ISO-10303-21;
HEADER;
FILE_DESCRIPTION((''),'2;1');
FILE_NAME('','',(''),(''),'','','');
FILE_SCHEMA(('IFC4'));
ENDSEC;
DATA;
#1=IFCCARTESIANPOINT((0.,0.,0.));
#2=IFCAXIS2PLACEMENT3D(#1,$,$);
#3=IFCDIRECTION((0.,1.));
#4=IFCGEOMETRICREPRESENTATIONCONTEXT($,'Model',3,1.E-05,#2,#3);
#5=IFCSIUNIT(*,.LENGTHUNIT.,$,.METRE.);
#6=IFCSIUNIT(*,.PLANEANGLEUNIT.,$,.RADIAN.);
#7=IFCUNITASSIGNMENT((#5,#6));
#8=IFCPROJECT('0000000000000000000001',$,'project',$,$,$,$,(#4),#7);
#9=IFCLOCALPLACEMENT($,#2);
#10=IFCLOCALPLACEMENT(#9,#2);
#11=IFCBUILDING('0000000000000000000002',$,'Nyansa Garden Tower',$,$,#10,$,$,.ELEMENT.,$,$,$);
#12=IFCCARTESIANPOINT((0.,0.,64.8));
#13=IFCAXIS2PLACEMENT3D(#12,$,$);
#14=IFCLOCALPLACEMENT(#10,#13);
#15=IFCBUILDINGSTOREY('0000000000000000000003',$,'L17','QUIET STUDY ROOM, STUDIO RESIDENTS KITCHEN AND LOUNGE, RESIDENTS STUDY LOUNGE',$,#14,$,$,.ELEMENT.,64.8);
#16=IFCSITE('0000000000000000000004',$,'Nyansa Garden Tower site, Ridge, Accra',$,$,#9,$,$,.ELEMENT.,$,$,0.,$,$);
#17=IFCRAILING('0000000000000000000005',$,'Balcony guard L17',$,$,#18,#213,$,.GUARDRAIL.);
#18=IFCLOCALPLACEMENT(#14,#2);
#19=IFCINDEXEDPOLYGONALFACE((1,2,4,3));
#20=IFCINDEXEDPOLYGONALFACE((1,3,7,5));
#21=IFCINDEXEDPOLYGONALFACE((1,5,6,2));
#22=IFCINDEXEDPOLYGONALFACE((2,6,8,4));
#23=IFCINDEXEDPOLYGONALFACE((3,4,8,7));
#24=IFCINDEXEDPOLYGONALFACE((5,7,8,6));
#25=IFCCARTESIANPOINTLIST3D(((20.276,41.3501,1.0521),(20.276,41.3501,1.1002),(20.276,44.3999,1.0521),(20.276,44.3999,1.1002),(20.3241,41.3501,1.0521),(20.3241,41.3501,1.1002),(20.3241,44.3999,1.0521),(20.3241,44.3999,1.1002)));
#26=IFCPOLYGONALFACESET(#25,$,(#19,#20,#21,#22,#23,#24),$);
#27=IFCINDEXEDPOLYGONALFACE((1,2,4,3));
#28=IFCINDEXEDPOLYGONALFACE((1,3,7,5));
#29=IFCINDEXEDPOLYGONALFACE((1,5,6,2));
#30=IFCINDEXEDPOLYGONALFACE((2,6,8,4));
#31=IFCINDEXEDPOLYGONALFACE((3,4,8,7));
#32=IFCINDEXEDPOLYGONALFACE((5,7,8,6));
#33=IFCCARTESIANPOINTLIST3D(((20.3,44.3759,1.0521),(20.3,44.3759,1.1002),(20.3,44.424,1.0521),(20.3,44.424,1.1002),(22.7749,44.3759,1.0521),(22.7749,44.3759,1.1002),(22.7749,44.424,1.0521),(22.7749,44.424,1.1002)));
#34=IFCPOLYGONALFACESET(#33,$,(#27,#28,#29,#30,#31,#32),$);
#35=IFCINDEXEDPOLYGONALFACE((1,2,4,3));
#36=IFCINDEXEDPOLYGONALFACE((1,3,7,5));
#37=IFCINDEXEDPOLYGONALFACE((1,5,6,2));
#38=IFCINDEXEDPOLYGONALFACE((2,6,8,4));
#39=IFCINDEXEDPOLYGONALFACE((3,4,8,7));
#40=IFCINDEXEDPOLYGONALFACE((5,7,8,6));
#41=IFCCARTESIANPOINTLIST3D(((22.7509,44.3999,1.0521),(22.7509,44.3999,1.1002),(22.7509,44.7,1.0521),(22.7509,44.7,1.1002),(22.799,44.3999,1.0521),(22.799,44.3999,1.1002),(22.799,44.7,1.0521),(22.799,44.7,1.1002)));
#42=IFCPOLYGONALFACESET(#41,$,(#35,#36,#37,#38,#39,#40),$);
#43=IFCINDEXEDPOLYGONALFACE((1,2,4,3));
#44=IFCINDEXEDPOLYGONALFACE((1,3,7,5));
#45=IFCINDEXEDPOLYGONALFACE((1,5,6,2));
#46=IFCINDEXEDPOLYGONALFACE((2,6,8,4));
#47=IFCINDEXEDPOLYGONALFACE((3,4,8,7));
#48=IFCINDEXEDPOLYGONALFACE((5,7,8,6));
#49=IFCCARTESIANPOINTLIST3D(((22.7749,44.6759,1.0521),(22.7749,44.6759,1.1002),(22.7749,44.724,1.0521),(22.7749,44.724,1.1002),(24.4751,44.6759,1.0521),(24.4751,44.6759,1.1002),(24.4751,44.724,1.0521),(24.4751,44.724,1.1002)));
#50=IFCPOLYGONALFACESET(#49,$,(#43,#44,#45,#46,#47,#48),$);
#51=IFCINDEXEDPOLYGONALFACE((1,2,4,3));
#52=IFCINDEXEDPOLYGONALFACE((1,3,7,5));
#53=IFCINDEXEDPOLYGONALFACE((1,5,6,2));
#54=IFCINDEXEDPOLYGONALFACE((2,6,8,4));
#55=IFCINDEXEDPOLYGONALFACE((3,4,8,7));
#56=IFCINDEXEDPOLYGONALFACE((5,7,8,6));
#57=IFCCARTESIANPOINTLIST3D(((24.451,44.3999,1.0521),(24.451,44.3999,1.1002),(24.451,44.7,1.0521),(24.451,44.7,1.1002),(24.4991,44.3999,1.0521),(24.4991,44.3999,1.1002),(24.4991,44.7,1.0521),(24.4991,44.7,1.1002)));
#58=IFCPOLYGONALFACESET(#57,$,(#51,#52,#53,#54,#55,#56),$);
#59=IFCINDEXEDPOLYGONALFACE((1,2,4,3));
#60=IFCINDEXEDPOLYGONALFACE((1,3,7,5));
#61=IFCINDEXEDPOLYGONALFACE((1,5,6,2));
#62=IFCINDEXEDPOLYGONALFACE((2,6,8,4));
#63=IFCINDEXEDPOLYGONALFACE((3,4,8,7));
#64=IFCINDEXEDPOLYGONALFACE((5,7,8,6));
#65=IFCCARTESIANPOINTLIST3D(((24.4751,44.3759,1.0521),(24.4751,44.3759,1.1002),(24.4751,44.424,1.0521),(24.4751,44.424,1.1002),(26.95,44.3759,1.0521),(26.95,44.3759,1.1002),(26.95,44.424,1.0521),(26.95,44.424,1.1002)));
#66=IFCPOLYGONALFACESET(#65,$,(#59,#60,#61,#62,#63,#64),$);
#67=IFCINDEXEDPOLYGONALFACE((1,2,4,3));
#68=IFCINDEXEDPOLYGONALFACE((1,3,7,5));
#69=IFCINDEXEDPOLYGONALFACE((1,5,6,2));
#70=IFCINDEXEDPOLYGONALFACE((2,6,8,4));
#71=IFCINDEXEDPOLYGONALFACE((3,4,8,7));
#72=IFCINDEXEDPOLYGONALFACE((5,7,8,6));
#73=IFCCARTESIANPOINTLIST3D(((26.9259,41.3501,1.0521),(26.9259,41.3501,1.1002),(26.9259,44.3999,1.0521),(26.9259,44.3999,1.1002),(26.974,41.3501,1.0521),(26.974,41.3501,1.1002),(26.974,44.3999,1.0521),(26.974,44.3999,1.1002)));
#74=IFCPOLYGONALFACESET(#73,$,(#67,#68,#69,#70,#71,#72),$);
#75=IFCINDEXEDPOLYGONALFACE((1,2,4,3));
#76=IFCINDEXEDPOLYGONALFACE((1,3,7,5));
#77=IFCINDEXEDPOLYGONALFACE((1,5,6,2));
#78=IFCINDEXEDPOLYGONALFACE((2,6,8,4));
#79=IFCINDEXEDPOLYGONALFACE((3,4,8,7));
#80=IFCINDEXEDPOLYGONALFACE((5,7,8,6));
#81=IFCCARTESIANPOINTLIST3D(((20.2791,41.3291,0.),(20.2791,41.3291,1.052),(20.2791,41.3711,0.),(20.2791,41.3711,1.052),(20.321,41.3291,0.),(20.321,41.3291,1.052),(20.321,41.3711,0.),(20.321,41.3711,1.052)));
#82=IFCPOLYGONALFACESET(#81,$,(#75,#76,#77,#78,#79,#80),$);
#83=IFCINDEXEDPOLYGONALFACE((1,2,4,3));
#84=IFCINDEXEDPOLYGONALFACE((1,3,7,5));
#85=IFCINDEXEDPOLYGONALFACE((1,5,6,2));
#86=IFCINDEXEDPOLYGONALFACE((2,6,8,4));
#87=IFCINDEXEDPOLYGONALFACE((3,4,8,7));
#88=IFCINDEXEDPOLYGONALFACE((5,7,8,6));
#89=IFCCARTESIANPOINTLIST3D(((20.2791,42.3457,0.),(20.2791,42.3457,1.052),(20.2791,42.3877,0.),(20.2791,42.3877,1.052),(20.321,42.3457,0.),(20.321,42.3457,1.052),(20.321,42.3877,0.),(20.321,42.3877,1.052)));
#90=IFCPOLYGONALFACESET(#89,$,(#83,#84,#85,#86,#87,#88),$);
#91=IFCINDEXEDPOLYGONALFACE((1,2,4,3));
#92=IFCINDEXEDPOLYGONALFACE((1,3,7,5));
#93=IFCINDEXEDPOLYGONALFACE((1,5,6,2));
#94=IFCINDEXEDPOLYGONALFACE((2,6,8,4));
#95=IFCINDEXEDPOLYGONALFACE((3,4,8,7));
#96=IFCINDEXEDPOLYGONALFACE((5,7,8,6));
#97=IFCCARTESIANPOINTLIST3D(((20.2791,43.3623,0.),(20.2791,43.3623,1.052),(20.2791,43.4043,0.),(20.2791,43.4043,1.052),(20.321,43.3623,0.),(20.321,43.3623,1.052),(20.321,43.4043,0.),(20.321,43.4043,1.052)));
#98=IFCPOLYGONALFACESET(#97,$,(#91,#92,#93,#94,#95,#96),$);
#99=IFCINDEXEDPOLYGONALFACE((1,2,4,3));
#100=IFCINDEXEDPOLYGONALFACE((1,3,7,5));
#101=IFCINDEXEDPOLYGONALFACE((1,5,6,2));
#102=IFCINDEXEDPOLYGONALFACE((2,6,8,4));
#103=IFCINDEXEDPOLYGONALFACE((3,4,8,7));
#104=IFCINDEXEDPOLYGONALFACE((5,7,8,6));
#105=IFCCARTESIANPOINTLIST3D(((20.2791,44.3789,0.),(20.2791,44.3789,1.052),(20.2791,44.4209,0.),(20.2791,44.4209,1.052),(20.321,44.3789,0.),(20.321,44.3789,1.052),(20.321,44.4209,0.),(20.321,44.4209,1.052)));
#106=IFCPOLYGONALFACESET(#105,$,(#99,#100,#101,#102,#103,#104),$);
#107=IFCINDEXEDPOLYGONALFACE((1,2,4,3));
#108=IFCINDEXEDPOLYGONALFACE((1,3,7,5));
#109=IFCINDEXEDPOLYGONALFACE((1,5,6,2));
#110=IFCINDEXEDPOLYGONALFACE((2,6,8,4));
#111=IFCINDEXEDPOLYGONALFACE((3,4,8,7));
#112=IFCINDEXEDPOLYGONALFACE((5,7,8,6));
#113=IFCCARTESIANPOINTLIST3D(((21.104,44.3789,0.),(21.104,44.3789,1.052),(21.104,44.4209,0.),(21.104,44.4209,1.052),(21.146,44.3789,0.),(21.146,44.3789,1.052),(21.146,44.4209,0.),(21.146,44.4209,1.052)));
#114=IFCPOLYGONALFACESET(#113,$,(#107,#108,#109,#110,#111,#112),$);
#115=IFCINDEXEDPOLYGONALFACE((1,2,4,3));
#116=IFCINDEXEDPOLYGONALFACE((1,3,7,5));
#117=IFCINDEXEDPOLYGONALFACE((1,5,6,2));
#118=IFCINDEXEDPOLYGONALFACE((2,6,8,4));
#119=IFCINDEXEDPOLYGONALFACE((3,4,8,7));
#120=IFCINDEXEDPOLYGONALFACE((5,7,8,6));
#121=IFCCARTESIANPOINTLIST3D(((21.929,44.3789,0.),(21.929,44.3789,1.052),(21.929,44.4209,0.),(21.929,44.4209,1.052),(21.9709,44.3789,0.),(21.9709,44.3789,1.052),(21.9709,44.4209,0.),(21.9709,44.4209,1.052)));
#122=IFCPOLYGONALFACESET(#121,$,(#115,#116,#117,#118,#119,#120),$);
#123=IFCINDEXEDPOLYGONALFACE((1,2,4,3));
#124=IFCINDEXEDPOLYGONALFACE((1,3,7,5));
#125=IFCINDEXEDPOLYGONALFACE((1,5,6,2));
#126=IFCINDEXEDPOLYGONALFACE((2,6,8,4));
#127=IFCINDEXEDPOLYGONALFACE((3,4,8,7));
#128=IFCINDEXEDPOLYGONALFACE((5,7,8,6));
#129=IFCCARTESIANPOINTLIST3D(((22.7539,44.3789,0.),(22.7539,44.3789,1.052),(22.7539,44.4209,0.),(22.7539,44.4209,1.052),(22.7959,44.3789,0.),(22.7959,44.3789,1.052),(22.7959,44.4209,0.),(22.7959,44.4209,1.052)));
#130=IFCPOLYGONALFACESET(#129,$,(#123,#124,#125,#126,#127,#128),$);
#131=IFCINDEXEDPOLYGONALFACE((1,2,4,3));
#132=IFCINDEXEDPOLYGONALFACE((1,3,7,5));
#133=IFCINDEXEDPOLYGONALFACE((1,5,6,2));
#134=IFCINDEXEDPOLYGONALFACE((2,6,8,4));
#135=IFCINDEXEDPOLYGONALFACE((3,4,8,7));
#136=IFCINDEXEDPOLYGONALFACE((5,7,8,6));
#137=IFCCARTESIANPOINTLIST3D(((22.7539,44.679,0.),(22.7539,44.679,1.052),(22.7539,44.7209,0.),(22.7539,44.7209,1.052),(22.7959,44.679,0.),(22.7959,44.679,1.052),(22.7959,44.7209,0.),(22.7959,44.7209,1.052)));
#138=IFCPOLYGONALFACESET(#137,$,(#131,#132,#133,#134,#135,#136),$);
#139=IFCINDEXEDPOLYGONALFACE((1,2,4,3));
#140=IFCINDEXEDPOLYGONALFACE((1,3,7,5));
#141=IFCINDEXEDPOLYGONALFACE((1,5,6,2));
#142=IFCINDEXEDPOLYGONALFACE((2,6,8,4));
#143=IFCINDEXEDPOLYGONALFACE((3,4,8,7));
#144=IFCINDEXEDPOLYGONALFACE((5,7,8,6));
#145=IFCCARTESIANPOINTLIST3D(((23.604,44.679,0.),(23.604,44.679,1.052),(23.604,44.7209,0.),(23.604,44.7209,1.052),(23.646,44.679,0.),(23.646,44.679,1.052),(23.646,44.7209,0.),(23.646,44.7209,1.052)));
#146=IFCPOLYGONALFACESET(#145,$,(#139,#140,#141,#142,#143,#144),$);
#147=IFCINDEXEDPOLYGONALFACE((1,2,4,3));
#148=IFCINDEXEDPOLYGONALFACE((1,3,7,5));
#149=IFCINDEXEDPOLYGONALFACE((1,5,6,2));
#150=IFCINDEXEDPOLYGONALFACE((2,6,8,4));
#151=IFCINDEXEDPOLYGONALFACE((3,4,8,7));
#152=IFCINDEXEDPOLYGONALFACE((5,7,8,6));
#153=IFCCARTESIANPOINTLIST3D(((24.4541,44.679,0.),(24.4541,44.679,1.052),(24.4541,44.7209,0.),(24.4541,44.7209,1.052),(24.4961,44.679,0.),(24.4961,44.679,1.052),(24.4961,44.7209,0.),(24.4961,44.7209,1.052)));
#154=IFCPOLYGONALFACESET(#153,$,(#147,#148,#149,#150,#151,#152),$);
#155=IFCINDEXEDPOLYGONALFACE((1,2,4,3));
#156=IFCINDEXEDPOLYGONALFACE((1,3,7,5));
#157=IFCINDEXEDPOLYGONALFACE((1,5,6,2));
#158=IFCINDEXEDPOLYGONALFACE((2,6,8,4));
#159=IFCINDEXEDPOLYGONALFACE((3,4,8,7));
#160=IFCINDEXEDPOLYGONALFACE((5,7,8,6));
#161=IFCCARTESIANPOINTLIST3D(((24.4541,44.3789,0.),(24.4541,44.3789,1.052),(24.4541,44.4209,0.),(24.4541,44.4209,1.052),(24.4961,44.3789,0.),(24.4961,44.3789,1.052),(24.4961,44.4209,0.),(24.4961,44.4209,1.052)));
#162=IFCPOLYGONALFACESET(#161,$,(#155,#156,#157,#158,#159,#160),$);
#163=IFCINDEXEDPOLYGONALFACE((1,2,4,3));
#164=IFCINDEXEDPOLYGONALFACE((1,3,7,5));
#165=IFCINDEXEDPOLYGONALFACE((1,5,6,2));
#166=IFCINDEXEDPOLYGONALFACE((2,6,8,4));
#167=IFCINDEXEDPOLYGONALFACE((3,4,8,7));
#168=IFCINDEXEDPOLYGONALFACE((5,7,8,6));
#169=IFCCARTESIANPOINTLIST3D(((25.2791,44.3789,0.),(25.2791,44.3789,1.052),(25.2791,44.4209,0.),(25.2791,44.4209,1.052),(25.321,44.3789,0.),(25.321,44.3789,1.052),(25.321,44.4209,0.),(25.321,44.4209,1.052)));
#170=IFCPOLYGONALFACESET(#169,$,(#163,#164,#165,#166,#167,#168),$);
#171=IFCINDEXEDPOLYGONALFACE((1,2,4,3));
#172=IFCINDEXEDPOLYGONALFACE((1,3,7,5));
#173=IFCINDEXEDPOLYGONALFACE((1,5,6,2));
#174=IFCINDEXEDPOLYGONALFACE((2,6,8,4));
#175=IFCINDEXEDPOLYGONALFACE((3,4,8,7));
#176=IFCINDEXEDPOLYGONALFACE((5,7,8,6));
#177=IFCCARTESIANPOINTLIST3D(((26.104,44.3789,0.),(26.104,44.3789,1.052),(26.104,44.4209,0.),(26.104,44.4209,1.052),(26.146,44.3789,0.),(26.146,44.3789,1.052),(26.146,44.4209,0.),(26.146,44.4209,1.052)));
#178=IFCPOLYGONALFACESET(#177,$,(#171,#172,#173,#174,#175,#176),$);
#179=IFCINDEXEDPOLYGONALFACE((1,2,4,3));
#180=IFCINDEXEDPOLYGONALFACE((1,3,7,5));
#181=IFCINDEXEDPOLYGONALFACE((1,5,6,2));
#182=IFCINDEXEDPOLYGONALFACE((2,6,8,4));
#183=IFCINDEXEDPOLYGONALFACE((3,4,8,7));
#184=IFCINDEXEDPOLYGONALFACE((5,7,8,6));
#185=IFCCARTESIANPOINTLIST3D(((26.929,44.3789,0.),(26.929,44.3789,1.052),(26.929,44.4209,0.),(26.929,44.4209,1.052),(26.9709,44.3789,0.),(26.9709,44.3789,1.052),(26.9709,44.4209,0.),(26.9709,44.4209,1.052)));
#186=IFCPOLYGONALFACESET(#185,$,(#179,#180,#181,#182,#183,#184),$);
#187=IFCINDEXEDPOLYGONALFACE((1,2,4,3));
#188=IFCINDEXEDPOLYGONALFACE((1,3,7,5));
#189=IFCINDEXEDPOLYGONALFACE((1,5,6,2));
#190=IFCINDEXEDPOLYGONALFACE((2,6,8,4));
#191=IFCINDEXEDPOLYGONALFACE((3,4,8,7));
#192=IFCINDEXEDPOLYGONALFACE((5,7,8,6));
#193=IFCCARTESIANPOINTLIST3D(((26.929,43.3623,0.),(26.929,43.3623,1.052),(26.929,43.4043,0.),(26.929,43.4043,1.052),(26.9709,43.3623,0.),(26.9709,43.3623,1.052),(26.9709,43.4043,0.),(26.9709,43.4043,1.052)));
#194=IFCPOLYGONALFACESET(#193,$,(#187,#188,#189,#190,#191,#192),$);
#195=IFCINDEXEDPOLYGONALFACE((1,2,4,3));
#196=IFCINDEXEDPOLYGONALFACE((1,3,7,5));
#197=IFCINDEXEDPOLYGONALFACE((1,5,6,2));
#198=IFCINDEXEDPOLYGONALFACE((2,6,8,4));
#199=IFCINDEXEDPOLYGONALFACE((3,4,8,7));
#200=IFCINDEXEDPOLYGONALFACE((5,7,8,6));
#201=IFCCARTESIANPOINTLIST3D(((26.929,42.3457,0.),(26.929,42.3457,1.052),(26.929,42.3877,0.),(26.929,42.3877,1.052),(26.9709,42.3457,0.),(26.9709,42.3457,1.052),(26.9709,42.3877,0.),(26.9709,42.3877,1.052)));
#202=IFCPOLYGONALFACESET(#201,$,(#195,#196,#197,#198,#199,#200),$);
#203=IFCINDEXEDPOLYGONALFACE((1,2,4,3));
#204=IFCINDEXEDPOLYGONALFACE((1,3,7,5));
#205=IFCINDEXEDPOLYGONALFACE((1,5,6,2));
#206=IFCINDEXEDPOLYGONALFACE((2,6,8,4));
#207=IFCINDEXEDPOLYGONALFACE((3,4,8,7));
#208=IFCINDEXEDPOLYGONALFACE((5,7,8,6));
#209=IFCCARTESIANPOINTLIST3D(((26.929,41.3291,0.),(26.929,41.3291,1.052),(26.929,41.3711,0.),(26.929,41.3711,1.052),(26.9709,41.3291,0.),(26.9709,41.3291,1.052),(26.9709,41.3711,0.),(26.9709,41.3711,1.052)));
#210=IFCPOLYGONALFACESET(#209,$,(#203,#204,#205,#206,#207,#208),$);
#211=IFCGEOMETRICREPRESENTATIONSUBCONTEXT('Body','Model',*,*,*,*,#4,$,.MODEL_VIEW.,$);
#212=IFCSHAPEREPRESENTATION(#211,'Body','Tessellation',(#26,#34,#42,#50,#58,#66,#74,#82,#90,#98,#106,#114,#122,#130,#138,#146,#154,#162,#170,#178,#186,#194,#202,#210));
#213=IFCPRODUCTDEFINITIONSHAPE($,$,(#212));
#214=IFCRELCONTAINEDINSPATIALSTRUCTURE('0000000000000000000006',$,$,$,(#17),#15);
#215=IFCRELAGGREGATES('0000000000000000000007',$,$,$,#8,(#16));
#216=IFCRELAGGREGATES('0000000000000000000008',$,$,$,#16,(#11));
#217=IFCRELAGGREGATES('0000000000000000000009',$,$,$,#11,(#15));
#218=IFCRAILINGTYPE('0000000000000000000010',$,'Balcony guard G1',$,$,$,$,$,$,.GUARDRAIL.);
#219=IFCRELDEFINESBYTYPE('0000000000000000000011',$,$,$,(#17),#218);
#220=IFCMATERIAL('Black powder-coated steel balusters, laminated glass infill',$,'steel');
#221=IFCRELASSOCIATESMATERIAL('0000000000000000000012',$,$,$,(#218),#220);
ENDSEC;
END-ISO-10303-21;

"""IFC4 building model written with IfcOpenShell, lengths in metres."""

from ifc_helpers import new_model, si_unit, direction, frame, origin, origin_2d, place, context, subcontext, project, spatial, rectangle, extrude, material, type_object, element, save


model = new_model("IFC4")

# Units and contexts
model_context = context("Model", 3, precision=1e-05, world=origin(), true_north=direction((0.0, 1.0)))
body_context = subcontext(model_context, "Body", "Model", "MODEL_VIEW")
ifc_project = project(units=[si_unit("LENGTHUNIT", "METRE"), si_unit("PLANEANGLEUNIT", "RADIAN")], contexts=[model_context])

# Site, building, storey
site_placement = place(None, origin())
site = spatial("IfcSite", under=ifc_project, at=site_placement, Name="Nyansa Garden Tower site, Ridge, Accra", CompositionType="ELEMENT", RefElevation=0.0)
building_placement = place(site_placement, origin())
building = spatial("IfcBuilding", under=site, at=building_placement, Name="Nyansa Garden Tower", CompositionType="ELEMENT")
storey_placement = place(building_placement, frame((0.0, 0.0, 64.8)))
storey = spatial("IfcBuildingStorey", under=building, at=storey_placement, Name="L17", Description="QUIET STUDY ROOM, STUDIO RESIDENTS KITCHEN AND LOUNGE, RESIDENTS STUDY LOUNGE", CompositionType="ELEMENT", Elevation=64.8)

# Railing
ifc_material_1 = material(Name="Black powder-coated steel balusters, laminated glass infill", Category="steel")
railing_type = type_object("IfcRailingType", Name="Balcony guard G1", PredefinedType="GUARDRAIL", material=ifc_material_1)
railing_placement = place(storey_placement, frame((20.3, 41.3501, 0.0)))
element("IfcRailing", 1, at=railing_placement, inside=storey, type_object=railing_type, Name="Balcony guard L17", PredefinedType="GUARDRAIL", context=body_context, shape_type="SweptSolid", body=[
    extrude(rectangle(XDim=0.0481, YDim=0.0481, at=origin_2d()), frame((0.0, 0.0, 1.0762), z_axis=(0.0, 1.0, 0.0), x_axis=(-1.0, 0.0, 0.0)), (0.0, 0.0, 1.0), 3.0498),
    extrude(rectangle(XDim=0.0481, YDim=0.0481, at=origin_2d()), frame((0.0, 3.0498, 1.0762), z_axis=(1.0, 0.0, 0.0), x_axis=(0.0, 1.0, 0.0)), (0.0, 0.0, 1.0), 2.4749),
    extrude(rectangle(XDim=0.0481, YDim=0.0481, at=origin_2d()), frame((2.4749, 3.0498, 1.0762), z_axis=(0.0, 1.0, 0.0), x_axis=(-1.0, 0.0, 0.0)), (0.0, 0.0, 1.0), 0.3),
    extrude(rectangle(XDim=0.0481, YDim=0.0481, at=origin_2d()), frame((2.4749, 3.3499, 1.0762), z_axis=(1.0, 0.0, 0.0), x_axis=(0.0, 1.0, 0.0)), (0.0, 0.0, 1.0), 1.7002),
    extrude(rectangle(XDim=0.0481, YDim=0.0481, at=origin_2d()), frame((4.175, 3.3499, 1.0762), z_axis=(0.0, -1.0, 0.0), x_axis=(1.0, 0.0, 0.0)), (0.0, 0.0, 1.0), 0.3),
    extrude(rectangle(XDim=0.0481, YDim=0.0481, at=origin_2d()), frame((4.175, 3.0498, 1.0762), z_axis=(1.0, 0.0, 0.0), x_axis=(0.0, 1.0, 0.0)), (0.0, 0.0, 1.0), 2.4749),
    extrude(rectangle(XDim=0.0481, YDim=0.0481, at=origin_2d()), frame((6.6499, 3.0498, 1.0762), z_axis=(0.0, -1.0, 0.0), x_axis=(1.0, 0.0, 0.0)), (0.0, 0.0, 1.0), 3.0498),
    extrude(rectangle(XDim=0.042, YDim=0.042, at=origin_2d()), origin(), (0.0, 0.0, 1.0), 1.052),
    extrude(rectangle(XDim=0.042, YDim=0.042, at=origin_2d()), frame((0.0, 1.0166, 0.0)), (0.0, 0.0, 1.0), 1.052),
    extrude(rectangle(XDim=0.042, YDim=0.042, at=origin_2d()), frame((0.0, 2.0332, 0.0)), (0.0, 0.0, 1.0), 1.052),
    extrude(rectangle(XDim=0.042, YDim=0.042, at=origin_2d()), frame((0.0, 3.0498, 0.0)), (0.0, 0.0, 1.0), 1.052),
    extrude(rectangle(XDim=0.042, YDim=0.042, at=origin_2d()), frame((0.825, 3.0498, 0.0)), (0.0, 0.0, 1.0), 1.052),
    extrude(rectangle(XDim=0.042, YDim=0.042, at=origin_2d()), frame((1.6499, 3.0498, 0.0)), (0.0, 0.0, 1.0), 1.052),
    extrude(rectangle(XDim=0.042, YDim=0.042, at=origin_2d()), frame((2.4749, 3.0498, 0.0)), (0.0, 0.0, 1.0), 1.052),
    extrude(rectangle(XDim=0.042, YDim=0.042, at=origin_2d()), frame((2.4749, 3.3499, 0.0)), (0.0, 0.0, 1.0), 1.052),
    extrude(rectangle(XDim=0.042, YDim=0.042, at=origin_2d()), frame((3.325, 3.3499, 0.0)), (0.0, 0.0, 1.0), 1.052),
    extrude(rectangle(XDim=0.042, YDim=0.042, at=origin_2d()), frame((4.175, 3.3499, 0.0)), (0.0, 0.0, 1.0), 1.052),
    extrude(rectangle(XDim=0.042, YDim=0.042, at=origin_2d()), frame((4.175, 3.0498, 0.0)), (0.0, 0.0, 1.0), 1.052),
    extrude(rectangle(XDim=0.042, YDim=0.042, at=origin_2d()), frame((5.0, 3.0498, 0.0)), (0.0, 0.0, 1.0), 1.052),
    extrude(rectangle(XDim=0.042, YDim=0.042, at=origin_2d()), frame((5.825, 3.0498, 0.0)), (0.0, 0.0, 1.0), 1.052),
    extrude(rectangle(XDim=0.042, YDim=0.042, at=origin_2d()), frame((6.6499, 3.0498, 0.0)), (0.0, 0.0, 1.0), 1.052),
    extrude(rectangle(XDim=0.042, YDim=0.042, at=origin_2d()), frame((6.6499, 2.0332, 0.0)), (0.0, 0.0, 1.0), 1.052),
    extrude(rectangle(XDim=0.042, YDim=0.042, at=origin_2d()), frame((6.6499, 1.0166, 0.0)), (0.0, 0.0, 1.0), 1.052),
    extrude(rectangle(XDim=0.042, YDim=0.042, at=origin_2d()), frame((6.6499, 0.0, 0.0)), (0.0, 0.0, 1.0), 1.052),
])

save(model, "model.ifc")
